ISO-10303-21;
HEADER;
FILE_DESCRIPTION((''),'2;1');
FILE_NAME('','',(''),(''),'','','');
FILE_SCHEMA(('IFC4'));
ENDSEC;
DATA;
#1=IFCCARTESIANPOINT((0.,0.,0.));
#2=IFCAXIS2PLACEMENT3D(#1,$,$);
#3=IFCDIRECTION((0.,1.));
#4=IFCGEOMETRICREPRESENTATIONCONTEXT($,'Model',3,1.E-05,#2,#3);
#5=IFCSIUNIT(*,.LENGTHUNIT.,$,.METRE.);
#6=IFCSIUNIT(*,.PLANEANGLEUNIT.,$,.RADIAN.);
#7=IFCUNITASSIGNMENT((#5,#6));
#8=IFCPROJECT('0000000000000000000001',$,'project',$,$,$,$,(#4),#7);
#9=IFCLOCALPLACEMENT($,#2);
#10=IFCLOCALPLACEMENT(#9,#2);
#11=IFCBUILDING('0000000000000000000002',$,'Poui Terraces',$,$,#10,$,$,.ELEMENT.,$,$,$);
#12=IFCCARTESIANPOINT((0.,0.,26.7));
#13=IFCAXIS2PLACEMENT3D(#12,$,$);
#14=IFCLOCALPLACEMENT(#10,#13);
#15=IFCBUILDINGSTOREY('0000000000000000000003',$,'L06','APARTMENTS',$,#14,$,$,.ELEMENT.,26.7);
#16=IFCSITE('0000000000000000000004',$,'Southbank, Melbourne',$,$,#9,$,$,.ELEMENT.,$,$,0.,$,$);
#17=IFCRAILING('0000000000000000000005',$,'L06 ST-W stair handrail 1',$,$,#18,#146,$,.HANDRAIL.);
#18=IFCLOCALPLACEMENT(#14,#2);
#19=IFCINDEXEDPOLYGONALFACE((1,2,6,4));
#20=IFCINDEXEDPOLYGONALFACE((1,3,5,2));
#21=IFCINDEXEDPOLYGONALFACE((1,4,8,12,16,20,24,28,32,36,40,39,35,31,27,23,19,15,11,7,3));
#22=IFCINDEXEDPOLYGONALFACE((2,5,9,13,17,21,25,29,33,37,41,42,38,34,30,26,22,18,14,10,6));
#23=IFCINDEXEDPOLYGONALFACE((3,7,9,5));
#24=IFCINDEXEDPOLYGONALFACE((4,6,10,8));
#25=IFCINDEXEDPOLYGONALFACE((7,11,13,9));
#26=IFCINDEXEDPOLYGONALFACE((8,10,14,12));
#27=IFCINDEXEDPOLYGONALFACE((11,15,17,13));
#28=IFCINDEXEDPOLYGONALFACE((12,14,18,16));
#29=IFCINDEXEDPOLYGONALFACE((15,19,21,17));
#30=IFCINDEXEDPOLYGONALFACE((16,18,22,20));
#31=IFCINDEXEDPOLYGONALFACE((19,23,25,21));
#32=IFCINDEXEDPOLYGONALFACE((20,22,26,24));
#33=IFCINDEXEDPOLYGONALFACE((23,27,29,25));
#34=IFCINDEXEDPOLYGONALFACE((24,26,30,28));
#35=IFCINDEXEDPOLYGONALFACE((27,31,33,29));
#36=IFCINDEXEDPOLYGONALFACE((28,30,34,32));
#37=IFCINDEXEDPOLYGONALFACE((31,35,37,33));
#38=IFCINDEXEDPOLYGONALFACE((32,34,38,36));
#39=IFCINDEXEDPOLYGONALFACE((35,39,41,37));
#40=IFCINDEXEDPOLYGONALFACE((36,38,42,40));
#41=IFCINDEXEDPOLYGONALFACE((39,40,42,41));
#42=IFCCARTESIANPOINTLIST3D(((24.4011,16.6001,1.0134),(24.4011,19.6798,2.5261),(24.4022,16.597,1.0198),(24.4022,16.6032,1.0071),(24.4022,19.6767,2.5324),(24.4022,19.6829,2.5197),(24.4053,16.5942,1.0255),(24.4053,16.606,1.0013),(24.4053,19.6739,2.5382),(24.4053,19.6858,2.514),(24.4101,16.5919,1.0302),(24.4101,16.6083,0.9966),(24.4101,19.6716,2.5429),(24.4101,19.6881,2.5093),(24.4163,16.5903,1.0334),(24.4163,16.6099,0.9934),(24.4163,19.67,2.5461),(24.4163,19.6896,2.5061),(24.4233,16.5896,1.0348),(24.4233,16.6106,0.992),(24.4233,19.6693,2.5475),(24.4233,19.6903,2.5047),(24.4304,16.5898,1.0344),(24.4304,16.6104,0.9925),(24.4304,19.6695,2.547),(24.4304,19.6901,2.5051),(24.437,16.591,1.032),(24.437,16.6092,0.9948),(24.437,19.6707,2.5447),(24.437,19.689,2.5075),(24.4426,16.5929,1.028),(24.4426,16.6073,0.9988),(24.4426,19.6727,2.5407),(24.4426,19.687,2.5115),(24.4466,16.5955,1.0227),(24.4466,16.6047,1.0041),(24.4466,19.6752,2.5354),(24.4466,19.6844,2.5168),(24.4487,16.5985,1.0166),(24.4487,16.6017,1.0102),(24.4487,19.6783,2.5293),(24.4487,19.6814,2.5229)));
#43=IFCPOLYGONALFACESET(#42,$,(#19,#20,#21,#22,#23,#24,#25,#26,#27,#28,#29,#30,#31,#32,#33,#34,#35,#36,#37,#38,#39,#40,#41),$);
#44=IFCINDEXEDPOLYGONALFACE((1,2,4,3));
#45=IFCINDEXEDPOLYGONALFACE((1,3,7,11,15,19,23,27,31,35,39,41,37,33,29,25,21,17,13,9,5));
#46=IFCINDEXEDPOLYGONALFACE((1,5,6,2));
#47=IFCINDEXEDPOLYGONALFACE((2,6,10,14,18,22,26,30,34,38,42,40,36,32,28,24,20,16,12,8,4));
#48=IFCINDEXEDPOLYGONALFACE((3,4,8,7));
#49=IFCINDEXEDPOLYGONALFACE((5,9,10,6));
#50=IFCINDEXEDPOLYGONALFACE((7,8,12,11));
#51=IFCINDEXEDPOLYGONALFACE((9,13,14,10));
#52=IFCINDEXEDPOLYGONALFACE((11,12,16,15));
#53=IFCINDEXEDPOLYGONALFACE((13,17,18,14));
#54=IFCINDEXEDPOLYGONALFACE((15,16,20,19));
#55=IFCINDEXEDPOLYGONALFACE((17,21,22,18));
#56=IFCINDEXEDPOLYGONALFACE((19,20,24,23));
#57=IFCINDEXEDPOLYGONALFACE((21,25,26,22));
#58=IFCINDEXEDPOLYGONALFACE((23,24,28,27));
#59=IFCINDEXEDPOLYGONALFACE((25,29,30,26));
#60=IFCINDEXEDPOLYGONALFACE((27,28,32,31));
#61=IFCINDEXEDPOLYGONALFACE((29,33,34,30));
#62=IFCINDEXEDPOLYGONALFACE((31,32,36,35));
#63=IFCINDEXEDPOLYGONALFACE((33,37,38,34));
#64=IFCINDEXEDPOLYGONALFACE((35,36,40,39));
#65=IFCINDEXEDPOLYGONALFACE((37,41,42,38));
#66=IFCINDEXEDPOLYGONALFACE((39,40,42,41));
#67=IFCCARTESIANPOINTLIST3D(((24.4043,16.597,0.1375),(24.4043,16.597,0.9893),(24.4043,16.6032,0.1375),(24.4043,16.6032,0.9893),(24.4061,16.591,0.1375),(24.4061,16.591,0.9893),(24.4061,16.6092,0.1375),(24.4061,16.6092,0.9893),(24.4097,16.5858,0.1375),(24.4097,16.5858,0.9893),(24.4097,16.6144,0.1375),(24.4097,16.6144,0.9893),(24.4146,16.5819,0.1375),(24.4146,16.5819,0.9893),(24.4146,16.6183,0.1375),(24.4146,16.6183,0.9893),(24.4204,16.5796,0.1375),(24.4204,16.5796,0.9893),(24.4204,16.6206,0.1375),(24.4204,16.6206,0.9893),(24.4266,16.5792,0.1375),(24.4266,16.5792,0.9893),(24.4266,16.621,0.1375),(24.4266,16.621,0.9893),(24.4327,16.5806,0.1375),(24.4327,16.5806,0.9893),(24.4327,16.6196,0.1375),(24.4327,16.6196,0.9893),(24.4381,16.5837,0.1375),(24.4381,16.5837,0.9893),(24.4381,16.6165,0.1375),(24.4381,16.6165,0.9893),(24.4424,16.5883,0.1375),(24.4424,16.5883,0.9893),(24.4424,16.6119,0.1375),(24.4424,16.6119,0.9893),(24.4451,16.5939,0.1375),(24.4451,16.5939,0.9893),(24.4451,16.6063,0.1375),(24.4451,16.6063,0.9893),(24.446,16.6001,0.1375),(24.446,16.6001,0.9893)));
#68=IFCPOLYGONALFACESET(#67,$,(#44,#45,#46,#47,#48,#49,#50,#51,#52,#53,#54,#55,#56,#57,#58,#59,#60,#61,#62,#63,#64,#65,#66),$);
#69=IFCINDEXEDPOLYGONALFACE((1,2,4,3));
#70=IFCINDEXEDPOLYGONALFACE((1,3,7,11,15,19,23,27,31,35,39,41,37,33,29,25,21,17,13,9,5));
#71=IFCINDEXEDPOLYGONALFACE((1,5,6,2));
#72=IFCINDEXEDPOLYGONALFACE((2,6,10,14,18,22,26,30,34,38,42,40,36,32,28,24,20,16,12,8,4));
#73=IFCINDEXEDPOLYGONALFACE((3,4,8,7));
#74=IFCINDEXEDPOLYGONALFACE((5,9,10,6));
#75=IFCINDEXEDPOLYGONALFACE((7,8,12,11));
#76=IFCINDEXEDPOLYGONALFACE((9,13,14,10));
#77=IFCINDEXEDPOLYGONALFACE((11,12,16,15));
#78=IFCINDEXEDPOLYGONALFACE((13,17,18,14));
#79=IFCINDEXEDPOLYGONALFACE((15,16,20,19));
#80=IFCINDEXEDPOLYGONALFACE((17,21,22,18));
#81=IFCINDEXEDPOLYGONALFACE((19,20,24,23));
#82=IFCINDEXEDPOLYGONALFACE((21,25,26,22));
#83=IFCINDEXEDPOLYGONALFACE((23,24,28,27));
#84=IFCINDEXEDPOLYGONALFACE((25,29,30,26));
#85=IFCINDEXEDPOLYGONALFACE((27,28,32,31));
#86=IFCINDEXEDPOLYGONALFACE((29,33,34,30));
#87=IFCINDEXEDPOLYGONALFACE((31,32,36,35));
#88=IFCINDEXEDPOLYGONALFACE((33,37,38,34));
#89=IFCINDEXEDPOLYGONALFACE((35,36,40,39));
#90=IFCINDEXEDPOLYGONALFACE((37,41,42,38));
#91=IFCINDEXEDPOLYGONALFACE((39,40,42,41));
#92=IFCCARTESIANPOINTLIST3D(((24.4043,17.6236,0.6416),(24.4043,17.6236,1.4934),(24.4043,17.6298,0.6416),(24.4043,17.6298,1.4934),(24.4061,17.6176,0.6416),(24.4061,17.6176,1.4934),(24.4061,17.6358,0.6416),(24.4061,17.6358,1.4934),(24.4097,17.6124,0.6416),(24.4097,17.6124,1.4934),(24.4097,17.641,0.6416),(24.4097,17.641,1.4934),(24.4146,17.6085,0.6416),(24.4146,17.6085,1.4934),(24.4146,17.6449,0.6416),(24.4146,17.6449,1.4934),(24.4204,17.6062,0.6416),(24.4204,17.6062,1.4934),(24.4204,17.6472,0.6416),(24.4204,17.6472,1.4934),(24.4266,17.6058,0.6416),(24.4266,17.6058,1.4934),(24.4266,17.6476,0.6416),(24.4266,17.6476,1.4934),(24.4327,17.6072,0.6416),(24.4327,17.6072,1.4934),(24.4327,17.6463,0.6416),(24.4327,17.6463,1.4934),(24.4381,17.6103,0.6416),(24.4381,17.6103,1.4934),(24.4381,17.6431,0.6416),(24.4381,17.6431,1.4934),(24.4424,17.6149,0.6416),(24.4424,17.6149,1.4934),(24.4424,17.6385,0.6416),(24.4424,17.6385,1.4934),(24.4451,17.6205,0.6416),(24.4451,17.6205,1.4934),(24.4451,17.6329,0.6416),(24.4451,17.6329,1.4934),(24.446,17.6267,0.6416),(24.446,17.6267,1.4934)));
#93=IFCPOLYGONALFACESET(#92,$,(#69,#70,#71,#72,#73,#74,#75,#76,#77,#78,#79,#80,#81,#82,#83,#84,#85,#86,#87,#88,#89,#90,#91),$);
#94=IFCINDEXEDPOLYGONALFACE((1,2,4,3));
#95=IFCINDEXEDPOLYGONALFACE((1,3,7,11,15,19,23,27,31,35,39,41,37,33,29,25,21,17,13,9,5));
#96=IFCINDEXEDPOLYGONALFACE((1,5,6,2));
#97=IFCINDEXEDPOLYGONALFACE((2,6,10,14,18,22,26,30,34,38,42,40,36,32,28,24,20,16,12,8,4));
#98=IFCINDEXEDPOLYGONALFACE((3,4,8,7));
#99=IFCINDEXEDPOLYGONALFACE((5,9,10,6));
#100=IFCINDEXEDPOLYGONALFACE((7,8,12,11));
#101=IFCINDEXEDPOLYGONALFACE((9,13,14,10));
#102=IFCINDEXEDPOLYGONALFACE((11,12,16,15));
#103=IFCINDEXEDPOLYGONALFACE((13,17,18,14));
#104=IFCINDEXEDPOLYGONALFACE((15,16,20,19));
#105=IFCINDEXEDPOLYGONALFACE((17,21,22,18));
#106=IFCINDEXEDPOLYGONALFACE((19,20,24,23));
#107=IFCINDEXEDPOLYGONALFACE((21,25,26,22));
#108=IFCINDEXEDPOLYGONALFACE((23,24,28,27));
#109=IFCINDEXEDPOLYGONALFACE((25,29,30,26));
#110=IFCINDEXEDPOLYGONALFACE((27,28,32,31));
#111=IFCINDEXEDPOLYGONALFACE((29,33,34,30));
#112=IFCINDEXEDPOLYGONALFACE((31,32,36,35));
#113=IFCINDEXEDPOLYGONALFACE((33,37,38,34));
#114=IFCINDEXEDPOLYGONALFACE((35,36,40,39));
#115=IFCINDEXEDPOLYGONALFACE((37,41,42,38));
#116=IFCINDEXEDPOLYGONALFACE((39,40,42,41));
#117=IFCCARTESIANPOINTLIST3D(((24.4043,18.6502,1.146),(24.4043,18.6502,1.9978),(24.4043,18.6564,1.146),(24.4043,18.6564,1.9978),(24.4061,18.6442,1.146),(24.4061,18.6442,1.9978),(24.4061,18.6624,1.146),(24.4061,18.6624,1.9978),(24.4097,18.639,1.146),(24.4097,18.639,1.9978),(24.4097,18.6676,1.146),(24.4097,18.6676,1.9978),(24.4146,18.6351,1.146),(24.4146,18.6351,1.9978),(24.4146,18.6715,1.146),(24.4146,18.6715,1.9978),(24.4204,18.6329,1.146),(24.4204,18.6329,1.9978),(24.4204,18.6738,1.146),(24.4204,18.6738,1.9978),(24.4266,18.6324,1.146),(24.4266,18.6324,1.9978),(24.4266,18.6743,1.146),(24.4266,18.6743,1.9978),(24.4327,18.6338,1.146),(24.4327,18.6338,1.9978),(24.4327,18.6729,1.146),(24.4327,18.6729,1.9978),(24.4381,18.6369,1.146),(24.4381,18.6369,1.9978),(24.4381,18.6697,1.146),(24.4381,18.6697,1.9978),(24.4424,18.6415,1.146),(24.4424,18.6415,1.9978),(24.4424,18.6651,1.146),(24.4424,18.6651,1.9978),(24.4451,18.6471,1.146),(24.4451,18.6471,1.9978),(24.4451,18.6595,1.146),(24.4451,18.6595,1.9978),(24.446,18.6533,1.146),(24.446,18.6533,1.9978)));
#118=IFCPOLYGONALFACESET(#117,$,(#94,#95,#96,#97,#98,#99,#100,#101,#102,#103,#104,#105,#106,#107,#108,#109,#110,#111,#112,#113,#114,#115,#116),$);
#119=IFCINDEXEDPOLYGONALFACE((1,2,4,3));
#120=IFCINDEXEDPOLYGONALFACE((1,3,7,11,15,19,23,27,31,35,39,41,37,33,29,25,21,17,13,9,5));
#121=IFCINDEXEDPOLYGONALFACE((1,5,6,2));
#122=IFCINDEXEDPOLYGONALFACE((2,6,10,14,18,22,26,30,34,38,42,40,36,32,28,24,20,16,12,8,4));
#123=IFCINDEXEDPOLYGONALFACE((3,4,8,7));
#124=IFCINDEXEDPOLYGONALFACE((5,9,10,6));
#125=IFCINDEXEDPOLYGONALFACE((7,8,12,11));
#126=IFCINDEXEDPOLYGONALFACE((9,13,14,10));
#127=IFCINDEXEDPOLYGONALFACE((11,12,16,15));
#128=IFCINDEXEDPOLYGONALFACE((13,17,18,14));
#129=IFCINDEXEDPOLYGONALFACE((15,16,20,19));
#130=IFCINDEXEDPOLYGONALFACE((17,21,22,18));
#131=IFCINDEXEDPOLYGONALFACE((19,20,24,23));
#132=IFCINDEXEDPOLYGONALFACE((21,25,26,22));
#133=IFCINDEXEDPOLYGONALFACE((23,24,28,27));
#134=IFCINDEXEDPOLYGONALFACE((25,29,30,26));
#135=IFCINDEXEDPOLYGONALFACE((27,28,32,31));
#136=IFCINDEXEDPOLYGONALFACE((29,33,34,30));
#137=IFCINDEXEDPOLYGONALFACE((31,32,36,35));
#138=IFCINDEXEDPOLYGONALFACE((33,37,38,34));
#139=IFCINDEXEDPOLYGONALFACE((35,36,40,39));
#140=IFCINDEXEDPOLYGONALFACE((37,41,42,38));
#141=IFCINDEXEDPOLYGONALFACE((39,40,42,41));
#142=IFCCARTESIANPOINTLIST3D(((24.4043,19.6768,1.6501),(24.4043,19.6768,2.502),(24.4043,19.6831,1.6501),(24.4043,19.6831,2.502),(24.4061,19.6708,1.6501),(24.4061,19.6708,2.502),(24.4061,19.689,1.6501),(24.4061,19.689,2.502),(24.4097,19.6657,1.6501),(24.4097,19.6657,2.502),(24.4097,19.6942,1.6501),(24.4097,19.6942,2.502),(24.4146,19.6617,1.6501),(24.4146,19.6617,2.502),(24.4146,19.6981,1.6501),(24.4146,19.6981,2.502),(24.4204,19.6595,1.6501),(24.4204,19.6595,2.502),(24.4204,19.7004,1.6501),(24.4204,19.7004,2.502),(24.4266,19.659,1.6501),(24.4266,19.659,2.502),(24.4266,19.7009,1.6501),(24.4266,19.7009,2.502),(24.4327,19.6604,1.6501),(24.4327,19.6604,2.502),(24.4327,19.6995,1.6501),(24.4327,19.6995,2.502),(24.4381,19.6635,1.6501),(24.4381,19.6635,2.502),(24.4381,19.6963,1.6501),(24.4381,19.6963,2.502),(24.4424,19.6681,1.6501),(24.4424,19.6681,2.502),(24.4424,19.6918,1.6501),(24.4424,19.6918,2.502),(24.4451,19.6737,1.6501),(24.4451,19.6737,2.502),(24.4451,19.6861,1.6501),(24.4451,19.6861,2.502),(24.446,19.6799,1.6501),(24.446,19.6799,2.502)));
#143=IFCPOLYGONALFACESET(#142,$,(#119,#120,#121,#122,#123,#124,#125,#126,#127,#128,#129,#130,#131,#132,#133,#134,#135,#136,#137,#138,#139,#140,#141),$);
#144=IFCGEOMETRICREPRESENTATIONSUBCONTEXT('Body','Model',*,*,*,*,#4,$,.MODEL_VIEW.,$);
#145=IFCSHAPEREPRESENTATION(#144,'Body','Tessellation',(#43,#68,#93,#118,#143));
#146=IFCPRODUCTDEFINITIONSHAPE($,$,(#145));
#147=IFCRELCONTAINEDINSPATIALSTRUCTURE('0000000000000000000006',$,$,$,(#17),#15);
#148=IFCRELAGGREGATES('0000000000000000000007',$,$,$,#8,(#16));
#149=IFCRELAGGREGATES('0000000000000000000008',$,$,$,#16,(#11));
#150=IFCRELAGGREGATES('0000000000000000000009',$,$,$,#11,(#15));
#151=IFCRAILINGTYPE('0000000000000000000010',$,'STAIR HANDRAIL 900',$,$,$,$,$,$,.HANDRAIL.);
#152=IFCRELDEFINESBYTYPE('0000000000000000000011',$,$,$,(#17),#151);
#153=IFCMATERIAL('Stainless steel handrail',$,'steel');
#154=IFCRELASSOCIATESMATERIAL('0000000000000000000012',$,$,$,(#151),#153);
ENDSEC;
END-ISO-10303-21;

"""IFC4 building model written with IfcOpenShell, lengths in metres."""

from ifc_helpers import new_model, si_unit, direction, frame, origin, origin_2d, place, context, subcontext, project, spatial, circle, extrude, material, type_object, element, save


model = new_model("IFC4")

# Units and contexts
model_context = context("Model", 3, precision=1e-05, world=origin(), true_north=direction((0.0, 1.0)))
body_context = subcontext(model_context, "Body", "Model", "MODEL_VIEW")
ifc_project = project(units=[si_unit("LENGTHUNIT", "METRE"), si_unit("PLANEANGLEUNIT", "RADIAN")], contexts=[model_context])

# Site, building, storey
site_placement = place(None, origin())
site = spatial("IfcSite", under=ifc_project, at=site_placement, Name="Southbank, Melbourne", CompositionType="ELEMENT", RefElevation=0.0)
building_placement = place(site_placement, origin())
building = spatial("IfcBuilding", under=site, at=building_placement, Name="Poui Terraces", CompositionType="ELEMENT")
storey_placement = place(building_placement, frame((0.0, 0.0, 26.7)))
storey = spatial("IfcBuildingStorey", under=building, at=storey_placement, Name="L06", Description="APARTMENTS", CompositionType="ELEMENT", Elevation=26.7)

# Railing
ifc_material_1 = material(Name="Stainless steel handrail", Category="steel")
railing_type_1 = type_object("IfcRailingType", Name="STAIR HANDRAIL 900", PredefinedType="HANDRAIL", material=ifc_material_1)
railing_1_placement = place(storey_placement, frame((24.425, 16.6001, 0.1375)))
element("IfcRailing", 1, at=railing_1_placement, inside=storey, type_object=railing_type_1, Name="L06 ST-W stair handrail 1", PredefinedType="HANDRAIL", context=body_context, shape_type="SweptSolid", body=[
    extrude(circle(Radius=0.0239, at=origin_2d()), frame((0.0, 0.0, 0.876), z_axis=(0.0, 0.897578, 0.440856), x_axis=(-1.0, 0.0, 0.0)), (0.0, 0.0, 1.0), 3.4312),
    extrude(circle(Radius=0.021, at=origin_2d()), origin(), (0.0, 0.0, 1.0), 0.8518),
    extrude(circle(Radius=0.021, at=origin_2d()), frame((0.0, 1.0266, 0.5042)), (0.0, 0.0, 1.0), 0.8518),
    extrude(circle(Radius=0.021, at=origin_2d()), frame((0.0, 2.0532, 1.0085)), (0.0, 0.0, 1.0), 0.8518),
    extrude(circle(Radius=0.021, at=origin_2d()), frame((0.0, 3.0798, 1.5127)), (0.0, 0.0, 1.0), 0.8518),
])

save(model, "model.ifc")
